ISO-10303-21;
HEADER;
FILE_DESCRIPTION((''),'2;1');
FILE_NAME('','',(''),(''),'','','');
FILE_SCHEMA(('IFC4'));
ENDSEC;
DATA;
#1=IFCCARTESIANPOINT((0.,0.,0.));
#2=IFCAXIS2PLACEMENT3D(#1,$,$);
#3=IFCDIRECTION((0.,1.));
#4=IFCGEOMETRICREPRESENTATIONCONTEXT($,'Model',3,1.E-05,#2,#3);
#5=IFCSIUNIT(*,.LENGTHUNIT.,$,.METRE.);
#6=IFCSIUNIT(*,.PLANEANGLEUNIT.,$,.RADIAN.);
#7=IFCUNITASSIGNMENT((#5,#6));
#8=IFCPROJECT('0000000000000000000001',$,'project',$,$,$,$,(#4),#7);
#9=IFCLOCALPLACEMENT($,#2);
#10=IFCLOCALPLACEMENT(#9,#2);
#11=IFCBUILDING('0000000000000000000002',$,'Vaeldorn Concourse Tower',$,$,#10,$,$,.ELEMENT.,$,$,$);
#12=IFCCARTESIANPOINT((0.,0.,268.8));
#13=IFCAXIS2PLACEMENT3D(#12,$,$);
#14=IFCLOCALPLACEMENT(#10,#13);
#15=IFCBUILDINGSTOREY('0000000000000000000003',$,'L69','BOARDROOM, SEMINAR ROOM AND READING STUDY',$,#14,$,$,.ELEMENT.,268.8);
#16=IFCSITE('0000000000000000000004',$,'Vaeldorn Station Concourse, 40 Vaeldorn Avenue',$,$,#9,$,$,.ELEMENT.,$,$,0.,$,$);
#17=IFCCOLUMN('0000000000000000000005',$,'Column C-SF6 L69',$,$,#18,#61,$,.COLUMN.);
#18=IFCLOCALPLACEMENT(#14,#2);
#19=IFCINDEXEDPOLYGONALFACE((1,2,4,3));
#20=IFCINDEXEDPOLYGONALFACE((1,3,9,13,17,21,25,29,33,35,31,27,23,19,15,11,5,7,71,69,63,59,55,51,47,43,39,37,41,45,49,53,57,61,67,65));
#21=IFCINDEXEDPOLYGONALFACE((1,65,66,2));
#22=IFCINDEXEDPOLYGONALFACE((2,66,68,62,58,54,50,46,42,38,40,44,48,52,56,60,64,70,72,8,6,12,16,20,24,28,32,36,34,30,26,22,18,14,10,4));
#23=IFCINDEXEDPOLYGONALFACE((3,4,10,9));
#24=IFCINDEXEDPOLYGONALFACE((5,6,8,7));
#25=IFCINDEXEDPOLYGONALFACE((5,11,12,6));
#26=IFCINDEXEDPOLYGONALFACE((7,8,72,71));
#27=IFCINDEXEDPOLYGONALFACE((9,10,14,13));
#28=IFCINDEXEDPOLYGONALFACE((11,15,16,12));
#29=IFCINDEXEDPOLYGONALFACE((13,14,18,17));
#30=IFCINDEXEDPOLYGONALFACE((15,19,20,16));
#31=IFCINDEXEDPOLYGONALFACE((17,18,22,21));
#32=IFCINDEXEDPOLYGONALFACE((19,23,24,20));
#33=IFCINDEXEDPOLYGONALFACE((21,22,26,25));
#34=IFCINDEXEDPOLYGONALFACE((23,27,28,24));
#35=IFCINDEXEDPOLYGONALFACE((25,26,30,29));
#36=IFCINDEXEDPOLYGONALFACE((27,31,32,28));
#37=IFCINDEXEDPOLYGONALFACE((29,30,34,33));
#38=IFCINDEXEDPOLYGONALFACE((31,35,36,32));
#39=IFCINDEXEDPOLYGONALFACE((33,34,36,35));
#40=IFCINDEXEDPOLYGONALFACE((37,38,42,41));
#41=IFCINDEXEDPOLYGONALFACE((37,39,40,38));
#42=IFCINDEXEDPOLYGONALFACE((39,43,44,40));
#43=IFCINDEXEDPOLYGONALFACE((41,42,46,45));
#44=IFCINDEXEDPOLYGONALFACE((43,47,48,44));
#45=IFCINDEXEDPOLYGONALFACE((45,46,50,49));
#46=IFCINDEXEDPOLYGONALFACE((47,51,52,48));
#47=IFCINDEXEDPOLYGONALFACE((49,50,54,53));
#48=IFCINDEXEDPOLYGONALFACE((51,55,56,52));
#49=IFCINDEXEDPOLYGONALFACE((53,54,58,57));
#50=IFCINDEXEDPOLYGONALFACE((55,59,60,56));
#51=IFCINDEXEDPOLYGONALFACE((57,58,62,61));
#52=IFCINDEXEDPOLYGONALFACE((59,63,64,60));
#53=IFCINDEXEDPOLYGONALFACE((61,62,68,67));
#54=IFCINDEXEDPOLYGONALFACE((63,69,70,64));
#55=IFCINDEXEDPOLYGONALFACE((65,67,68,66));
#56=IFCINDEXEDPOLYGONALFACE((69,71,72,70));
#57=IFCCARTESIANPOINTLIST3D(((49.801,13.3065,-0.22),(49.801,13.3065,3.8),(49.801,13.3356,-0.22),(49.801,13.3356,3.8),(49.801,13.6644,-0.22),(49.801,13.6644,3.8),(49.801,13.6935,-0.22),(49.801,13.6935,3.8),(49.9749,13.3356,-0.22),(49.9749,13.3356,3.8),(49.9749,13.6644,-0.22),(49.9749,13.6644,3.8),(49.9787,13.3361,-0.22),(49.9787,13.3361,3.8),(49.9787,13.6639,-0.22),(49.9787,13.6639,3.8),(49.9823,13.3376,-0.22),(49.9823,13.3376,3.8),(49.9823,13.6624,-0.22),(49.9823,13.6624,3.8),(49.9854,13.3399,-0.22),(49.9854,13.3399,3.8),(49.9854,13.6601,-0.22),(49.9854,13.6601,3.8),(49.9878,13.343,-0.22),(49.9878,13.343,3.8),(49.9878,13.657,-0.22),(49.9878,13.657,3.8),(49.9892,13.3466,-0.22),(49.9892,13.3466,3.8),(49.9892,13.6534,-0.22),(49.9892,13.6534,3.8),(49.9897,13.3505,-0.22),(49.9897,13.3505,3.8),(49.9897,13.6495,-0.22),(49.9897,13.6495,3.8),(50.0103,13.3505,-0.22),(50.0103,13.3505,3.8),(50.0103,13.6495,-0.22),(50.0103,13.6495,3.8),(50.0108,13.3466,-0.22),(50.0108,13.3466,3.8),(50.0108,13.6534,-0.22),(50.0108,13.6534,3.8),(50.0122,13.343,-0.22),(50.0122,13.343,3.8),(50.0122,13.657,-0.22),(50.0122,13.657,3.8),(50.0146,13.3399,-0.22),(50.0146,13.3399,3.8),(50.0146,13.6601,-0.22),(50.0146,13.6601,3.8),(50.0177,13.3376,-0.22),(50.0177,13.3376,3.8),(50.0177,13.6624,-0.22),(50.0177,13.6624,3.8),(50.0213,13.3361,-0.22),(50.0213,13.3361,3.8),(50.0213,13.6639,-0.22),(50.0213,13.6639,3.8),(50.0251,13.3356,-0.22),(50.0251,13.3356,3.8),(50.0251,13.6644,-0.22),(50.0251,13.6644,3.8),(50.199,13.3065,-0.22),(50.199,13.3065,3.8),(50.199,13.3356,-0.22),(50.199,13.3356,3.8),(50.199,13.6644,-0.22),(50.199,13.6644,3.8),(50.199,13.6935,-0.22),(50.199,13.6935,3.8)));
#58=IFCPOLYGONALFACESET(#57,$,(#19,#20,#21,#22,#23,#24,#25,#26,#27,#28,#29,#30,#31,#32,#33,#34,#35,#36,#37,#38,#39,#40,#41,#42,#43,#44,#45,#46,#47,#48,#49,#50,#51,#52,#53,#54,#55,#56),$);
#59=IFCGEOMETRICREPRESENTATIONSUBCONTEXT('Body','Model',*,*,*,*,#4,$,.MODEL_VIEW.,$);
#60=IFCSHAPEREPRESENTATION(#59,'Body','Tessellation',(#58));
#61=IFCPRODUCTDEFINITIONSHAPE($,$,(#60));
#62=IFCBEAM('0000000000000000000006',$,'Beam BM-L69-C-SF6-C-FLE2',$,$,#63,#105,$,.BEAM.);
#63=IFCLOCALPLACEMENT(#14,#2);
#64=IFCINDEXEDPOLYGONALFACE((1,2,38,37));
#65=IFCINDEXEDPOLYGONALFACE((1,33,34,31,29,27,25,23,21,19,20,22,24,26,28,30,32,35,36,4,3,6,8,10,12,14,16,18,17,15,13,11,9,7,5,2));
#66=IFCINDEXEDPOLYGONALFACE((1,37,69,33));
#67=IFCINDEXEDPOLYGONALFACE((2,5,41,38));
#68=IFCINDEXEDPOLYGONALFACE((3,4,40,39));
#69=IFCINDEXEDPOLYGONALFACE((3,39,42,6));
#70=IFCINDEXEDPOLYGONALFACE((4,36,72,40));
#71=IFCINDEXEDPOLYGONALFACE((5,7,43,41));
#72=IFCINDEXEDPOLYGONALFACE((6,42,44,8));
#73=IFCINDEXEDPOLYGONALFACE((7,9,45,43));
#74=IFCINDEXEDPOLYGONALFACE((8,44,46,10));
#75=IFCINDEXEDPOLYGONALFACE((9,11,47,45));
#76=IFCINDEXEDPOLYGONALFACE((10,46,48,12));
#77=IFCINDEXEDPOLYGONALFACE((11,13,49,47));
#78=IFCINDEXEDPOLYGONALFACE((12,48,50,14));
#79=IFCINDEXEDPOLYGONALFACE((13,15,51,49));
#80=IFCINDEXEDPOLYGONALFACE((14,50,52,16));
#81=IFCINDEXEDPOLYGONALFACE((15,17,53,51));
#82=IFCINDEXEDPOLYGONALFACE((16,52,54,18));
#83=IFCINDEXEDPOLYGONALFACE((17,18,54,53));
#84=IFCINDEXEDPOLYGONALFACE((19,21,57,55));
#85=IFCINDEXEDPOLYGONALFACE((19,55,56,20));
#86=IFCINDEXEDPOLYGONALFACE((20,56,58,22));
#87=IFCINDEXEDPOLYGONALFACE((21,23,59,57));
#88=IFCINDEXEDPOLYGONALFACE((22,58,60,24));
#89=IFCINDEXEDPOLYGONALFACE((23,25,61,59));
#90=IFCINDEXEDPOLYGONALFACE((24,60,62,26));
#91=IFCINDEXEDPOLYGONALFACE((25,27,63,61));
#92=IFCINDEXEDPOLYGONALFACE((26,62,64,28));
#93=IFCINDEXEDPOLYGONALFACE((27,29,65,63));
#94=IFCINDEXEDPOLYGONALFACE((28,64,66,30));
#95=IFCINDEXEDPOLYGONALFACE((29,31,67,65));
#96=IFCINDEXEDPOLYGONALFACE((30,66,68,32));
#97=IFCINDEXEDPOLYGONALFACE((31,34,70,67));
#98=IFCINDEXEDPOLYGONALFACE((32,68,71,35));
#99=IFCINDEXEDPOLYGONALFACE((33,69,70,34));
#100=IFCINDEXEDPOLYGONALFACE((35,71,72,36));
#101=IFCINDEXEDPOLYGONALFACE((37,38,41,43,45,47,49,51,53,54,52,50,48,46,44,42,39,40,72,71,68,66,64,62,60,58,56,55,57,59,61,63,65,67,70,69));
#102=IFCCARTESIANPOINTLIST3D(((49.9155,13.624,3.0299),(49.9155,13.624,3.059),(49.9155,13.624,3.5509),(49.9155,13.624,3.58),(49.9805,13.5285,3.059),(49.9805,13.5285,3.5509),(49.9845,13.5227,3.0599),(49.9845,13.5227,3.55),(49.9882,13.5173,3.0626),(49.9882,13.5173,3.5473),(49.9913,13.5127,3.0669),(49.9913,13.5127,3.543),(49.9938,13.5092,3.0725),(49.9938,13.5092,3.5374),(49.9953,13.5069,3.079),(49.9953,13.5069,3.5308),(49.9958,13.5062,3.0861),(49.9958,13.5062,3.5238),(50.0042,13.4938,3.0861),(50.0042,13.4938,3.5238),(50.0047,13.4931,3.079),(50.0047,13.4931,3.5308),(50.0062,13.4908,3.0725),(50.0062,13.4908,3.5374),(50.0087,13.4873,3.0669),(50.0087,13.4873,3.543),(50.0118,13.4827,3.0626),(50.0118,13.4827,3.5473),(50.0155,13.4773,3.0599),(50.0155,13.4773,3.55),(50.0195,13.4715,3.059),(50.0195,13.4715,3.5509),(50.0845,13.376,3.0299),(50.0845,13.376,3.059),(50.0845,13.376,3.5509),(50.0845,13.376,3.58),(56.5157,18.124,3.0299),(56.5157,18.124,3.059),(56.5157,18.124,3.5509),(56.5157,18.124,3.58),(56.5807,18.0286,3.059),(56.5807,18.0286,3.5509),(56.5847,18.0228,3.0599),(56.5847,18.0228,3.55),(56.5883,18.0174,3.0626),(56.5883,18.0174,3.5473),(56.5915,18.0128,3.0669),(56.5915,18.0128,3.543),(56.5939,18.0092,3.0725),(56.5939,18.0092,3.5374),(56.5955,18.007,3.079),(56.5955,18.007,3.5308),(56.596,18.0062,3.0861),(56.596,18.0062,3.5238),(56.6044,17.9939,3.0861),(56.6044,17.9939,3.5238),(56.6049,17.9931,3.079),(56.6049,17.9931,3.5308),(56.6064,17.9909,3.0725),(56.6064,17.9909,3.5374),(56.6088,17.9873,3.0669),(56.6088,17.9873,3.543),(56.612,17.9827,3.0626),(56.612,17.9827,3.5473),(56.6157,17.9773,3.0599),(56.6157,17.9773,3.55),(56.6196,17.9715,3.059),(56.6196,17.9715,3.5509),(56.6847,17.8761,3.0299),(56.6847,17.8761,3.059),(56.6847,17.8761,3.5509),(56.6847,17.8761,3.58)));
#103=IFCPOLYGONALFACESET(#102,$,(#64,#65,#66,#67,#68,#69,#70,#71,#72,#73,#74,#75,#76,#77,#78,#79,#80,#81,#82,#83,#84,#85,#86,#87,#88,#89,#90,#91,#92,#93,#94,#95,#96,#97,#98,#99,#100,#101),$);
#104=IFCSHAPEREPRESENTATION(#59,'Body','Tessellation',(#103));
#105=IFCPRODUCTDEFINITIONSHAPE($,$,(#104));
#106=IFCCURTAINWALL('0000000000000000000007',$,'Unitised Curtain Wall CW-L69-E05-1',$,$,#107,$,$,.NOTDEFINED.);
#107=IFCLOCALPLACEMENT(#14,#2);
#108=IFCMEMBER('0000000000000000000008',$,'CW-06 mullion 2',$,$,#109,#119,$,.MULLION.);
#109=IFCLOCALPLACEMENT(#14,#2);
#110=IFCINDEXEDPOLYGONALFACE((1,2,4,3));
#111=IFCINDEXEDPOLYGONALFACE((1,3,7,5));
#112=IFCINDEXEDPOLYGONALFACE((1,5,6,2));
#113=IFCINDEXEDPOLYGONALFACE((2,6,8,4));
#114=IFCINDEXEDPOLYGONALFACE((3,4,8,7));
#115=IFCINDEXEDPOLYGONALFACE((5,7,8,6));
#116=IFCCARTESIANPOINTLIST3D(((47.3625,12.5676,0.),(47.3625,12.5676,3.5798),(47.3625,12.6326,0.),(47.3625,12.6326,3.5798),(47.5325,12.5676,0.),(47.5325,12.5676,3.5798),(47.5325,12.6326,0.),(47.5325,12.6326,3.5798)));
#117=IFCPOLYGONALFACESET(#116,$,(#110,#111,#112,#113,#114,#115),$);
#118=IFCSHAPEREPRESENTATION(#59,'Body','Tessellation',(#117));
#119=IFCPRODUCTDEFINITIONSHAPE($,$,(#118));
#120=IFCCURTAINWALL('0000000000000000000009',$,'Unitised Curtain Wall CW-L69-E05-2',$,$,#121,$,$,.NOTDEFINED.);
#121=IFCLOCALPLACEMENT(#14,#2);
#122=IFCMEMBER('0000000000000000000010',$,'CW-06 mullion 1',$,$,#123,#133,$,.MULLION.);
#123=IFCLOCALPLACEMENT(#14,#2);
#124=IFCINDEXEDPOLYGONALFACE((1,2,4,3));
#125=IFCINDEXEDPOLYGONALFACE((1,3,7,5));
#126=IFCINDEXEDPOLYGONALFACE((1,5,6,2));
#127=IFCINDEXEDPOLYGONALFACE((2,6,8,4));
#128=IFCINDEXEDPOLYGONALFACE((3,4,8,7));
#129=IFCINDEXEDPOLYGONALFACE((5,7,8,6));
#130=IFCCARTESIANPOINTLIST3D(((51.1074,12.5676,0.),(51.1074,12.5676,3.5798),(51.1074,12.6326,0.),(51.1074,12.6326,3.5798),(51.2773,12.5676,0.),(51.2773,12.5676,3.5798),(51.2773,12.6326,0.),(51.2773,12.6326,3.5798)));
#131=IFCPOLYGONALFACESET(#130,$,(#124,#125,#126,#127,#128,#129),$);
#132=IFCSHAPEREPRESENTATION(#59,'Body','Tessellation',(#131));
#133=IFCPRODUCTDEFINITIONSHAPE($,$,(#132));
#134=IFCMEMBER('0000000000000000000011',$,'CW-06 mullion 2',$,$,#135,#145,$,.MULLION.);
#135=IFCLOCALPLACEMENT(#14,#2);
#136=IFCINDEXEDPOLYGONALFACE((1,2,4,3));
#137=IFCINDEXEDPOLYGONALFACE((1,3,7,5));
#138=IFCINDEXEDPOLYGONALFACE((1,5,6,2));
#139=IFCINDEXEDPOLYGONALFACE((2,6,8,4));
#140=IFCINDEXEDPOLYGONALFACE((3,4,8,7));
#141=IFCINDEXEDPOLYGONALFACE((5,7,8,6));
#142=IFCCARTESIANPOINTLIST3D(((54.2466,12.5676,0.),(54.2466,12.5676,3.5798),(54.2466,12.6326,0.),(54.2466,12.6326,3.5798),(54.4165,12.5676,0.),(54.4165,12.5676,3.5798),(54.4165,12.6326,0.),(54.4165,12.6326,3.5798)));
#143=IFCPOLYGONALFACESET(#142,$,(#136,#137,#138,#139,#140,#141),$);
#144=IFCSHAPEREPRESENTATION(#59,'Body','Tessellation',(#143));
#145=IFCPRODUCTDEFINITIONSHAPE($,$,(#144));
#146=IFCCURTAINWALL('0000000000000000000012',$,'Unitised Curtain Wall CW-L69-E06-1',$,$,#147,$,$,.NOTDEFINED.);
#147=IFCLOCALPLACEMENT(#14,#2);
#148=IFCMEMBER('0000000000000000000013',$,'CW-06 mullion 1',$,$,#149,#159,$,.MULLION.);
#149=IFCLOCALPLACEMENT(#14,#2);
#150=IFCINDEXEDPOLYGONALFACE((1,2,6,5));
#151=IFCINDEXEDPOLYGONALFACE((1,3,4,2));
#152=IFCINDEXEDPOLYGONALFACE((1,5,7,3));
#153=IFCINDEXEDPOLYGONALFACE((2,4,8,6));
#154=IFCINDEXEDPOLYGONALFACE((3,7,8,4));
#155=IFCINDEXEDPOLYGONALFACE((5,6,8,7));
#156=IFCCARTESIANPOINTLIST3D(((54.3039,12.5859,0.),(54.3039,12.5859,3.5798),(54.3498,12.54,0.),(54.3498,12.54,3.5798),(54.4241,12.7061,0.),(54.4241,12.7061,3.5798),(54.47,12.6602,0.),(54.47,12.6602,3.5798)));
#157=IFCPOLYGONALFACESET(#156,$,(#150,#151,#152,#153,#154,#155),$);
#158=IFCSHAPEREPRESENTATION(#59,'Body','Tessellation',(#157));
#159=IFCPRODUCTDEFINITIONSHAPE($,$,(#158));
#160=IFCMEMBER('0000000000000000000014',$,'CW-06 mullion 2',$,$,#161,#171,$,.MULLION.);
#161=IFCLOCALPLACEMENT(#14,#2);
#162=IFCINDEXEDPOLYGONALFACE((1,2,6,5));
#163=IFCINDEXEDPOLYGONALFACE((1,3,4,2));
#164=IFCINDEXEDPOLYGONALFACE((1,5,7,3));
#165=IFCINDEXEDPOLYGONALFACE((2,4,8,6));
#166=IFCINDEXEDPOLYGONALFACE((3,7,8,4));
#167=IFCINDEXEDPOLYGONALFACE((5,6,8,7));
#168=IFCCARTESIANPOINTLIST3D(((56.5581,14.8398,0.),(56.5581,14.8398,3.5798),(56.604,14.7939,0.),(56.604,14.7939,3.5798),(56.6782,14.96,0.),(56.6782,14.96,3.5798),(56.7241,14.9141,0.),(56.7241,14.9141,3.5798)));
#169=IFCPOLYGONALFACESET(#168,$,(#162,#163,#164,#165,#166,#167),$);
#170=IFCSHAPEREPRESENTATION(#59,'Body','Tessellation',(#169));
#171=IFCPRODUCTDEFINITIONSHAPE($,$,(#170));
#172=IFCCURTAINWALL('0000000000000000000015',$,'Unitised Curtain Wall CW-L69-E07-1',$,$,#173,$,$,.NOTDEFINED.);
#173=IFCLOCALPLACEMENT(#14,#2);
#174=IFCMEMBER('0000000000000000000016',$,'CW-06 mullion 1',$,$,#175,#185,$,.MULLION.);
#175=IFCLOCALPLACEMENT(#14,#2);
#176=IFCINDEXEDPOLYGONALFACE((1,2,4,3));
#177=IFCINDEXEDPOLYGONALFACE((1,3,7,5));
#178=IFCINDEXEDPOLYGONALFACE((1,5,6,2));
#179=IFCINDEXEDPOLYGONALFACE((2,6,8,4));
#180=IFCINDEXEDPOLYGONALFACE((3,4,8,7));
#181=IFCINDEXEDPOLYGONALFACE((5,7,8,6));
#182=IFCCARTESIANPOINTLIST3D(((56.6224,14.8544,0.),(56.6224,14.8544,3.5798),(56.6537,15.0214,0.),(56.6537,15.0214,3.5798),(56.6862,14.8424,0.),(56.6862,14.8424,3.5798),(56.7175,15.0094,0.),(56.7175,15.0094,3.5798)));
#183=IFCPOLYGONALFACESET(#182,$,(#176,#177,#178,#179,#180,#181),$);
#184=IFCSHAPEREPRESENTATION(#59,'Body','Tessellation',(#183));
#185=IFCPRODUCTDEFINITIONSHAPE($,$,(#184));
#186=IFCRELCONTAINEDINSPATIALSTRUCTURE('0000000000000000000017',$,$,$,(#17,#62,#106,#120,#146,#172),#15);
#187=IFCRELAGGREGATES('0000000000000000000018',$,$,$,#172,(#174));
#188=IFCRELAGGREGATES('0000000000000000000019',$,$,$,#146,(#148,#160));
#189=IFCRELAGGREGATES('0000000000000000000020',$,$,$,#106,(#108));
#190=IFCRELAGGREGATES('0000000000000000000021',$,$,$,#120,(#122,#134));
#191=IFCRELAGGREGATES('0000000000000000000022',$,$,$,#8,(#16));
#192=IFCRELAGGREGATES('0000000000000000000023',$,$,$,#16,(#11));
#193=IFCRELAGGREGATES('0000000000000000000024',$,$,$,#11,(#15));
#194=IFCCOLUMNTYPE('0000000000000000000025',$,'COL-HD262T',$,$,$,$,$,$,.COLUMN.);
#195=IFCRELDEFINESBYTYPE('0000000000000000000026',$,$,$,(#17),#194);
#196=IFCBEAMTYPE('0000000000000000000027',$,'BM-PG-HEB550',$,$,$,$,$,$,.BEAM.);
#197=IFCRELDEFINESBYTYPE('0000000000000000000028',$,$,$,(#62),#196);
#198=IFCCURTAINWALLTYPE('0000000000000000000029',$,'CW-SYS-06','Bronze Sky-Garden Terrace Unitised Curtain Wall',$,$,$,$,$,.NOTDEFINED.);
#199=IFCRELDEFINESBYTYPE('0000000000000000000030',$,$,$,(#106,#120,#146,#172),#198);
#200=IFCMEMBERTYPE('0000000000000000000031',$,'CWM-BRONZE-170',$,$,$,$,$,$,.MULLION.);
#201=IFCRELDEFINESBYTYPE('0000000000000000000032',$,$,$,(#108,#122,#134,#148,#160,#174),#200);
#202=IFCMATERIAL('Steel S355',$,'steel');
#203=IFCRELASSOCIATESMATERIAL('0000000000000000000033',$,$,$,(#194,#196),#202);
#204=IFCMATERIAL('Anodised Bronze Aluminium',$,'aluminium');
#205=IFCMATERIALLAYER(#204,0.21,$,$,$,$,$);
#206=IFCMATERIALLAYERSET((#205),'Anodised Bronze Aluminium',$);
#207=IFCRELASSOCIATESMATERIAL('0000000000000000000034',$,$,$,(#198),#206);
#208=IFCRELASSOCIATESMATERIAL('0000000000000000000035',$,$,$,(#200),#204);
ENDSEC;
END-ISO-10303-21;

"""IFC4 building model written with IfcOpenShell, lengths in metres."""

from ifc_helpers import new_model, si_unit, direction, frame, origin, origin_2d, place, context, subcontext, project, spatial, rectangle, i_section, extrude, source, transform, mapped, material, layer, layer_set, material_profile, profile_set, type_object, element, aggregate, save


model = new_model("IFC4")

# Units and contexts
model_context = context("Model", 3, precision=1e-05, world=origin(), true_north=direction((0.0, 1.0)))
body_context = subcontext(model_context, "Body", "Model", "MODEL_VIEW")
ifc_project = project(units=[si_unit("LENGTHUNIT", "METRE"), si_unit("PLANEANGLEUNIT", "RADIAN")], contexts=[model_context])

# Site, building, storey
site_placement = place(None, origin())
site = spatial("IfcSite", under=ifc_project, at=site_placement, Name="Vaeldorn Station Concourse, 40 Vaeldorn Avenue", CompositionType="ELEMENT", RefElevation=0.0)
building_placement = place(site_placement, origin())
building = spatial("IfcBuilding", under=site, at=building_placement, Name="Vaeldorn Concourse Tower", CompositionType="ELEMENT")
storey_placement = place(building_placement, frame((0.0, 0.0, 268.8)))
storey = spatial("IfcBuildingStorey", under=building, at=storey_placement, Name="L69", Description="BOARDROOM, SEMINAR ROOM AND READING STUDY", CompositionType="ELEMENT", Elevation=268.8)

# Column
ifc_material_1 = material(Name="Steel S355", Category="steel")
ifc_material_profile_1 = material_profile(ifc_material_1, i_section(OverallWidth=0.3979, OverallDepth=0.387, WebThickness=0.0205, FlangeThickness=0.0291, FilletRadius=0.0149, at=origin_2d()), Name="HD 400x262")
ifc_profile_set_1 = profile_set([ifc_material_profile_1], Name="Steel S355")
column_type = type_object("IfcColumnType", Name="COL-HD262T", PredefinedType="COLUMN", material=ifc_profile_set_1)
shared_shape_1 = source(origin(), body_context, "Body", "SweptSolid", [
    extrude(i_section(OverallWidth=0.3979, OverallDepth=0.387, WebThickness=0.0205, FlangeThickness=0.0291, FilletRadius=0.0149, at=origin_2d()), origin(), (0.0, 0.0, 1.0), 4.02),
])
column_placement = place(storey_placement, frame((50.0, 13.5, -0.22), z_axis=(0.0, 0.0, 1.0), x_axis=(1.0, 0.0, 0.0)))
element("IfcColumn", 1, at=column_placement, inside=storey, type_object=column_type, Name="Column C-SF6 L69", PredefinedType="COLUMN", context=body_context, shape_type="MappedRepresentation", body=[
    mapped(shared_shape_1, transform((0.0, 0.0, 0.0), scale=1.0)),
])

# Beam
ifc_material_profile_2 = material_profile(ifc_material_1, i_section(OverallWidth=0.3, OverallDepth=0.55, WebThickness=0.0149, FlangeThickness=0.0291, FilletRadius=0.0271, at=origin_2d()), Name="HEB 550")
ifc_profile_set_2 = profile_set([ifc_material_profile_2], Name="Steel S355")
beam_type = type_object("IfcBeamType", Name="BM-PG-HEB550", PredefinedType="BEAM", material=ifc_profile_set_2)
shared_shape_2 = source(origin(), body_context, "Body", "SweptSolid", [
    extrude(i_section(OverallWidth=0.3, OverallDepth=0.55, WebThickness=0.0149, FlangeThickness=0.0291, FilletRadius=0.0271, at=origin_2d()), origin(), (0.0, 0.0, 1.0), 7.9883),
])
beam_placement = place(storey_placement, frame((50.0, 13.5, 3.3049), z_axis=(0.826231, 0.563331, 0.0), x_axis=(-0.563331, 0.826231, 0.0)))
element("IfcBeam", 2, at=beam_placement, inside=storey, type_object=beam_type, Name="Beam BM-L69-C-SF6-C-FLE2", PredefinedType="BEAM", context=body_context, shape_type="MappedRepresentation", body=[
    mapped(shared_shape_2, transform((0.0, 0.0, 0.0), scale=1.0)),
])

# Curtain wall, member
ifc_material_2 = material(Name="Anodised Bronze Aluminium", Category="aluminium")
ifc_layer_1 = layer(ifc_material_2, 0.21)
ifc_layer_set_1 = layer_set([ifc_layer_1], Name="Anodised Bronze Aluminium")
curtain_wall_type = type_object("IfcCurtainWallType", Name="CW-SYS-06", Description="Bronze Sky-Garden Terrace Unitised Curtain Wall", PredefinedType="NOTDEFINED", material=ifc_layer_set_1)
curtain_wall_1_placement = place(storey_placement, origin())
curtain_wall_1 = element("IfcCurtainWall", 3, at=curtain_wall_1_placement, inside=storey, type_object=curtain_wall_type, Name="Unitised Curtain Wall CW-L69-E05-1", PredefinedType="NOTDEFINED")
ifc_material_profile_3 = material_profile(ifc_material_2, rectangle(XDim=0.0649, YDim=0.1699, at=origin_2d()), Name="CWM 65x170")
ifc_profile_set_3 = profile_set([ifc_material_profile_3], Name="Anodised Bronze Aluminium")
member_type_1 = type_object("IfcMemberType", Name="CWM-BRONZE-170", PredefinedType="MULLION", material=ifc_profile_set_3)
shared_shape_3 = source(origin(), body_context, "Body", "SweptSolid", [
    extrude(rectangle(XDim=0.0649, YDim=0.1699, at=origin_2d()), origin(), (0.0, 0.0, 1.0), 3.5798),
])
member_1_placement = place(storey_placement, frame((47.4475, 12.6001, 0.0), z_axis=(0.0, 0.0, 1.0), x_axis=(0.0, 1.0, 0.0)))
member_1 = element("IfcMember", 4, at=member_1_placement, type_object=member_type_1, Name="CW-06 mullion 2", PredefinedType="MULLION", context=body_context, shape_type="MappedRepresentation", body=[
    mapped(shared_shape_3, transform((0.0, 0.0, 0.0), scale=1.0)),
])

# Curtain walls, members
curtain_wall_2_placement = place(storey_placement, origin())
curtain_wall_2 = element("IfcCurtainWall", 5, at=curtain_wall_2_placement, inside=storey, type_object=curtain_wall_type, Name="Unitised Curtain Wall CW-L69-E05-2", PredefinedType="NOTDEFINED")
member_2_placement = place(storey_placement, frame((51.1924, 12.6001, 0.0), z_axis=(0.0, 0.0, 1.0), x_axis=(0.0, 1.0, 0.0)))
member_2 = element("IfcMember", 6, at=member_2_placement, type_object=member_type_1, Name="CW-06 mullion 1", PredefinedType="MULLION", context=body_context, shape_type="MappedRepresentation", body=[
    mapped(shared_shape_3, transform((0.0, 0.0, 0.0), scale=1.0)),
])
member_3_placement = place(storey_placement, frame((54.3315, 12.6001, 0.0), z_axis=(0.0, 0.0, 1.0), x_axis=(0.0, 1.0, 0.0)))
member_3 = element("IfcMember", 7, at=member_3_placement, type_object=member_type_1, Name="CW-06 mullion 2", PredefinedType="MULLION", context=body_context, shape_type="MappedRepresentation", body=[
    mapped(shared_shape_3, transform((0.0, 0.0, 0.0), scale=1.0)),
])
curtain_wall_3_placement = place(storey_placement, origin())
curtain_wall_3 = element("IfcCurtainWall", 8, at=curtain_wall_3_placement, inside=storey, type_object=curtain_wall_type, Name="Unitised Curtain Wall CW-L69-E06-1", PredefinedType="NOTDEFINED")
member_4_placement = place(storey_placement, frame((54.387, 12.623, 0.0), z_axis=(0.0, 0.0, 1.0), x_axis=(-0.707107, 0.707107, 0.0)))
member_4 = element("IfcMember", 9, at=member_4_placement, type_object=member_type_1, Name="CW-06 mullion 1", PredefinedType="MULLION", context=body_context, shape_type="MappedRepresentation", body=[
    mapped(shared_shape_3, transform((0.0, 0.0, 0.0), scale=1.0)),
])
member_5_placement = place(storey_placement, frame((56.6411, 14.877, 0.0), z_axis=(0.0, 0.0, 1.0), x_axis=(-0.707107, 0.707107, 0.0)))
member_5 = element("IfcMember", 10, at=member_5_placement, type_object=member_type_1, Name="CW-06 mullion 2", PredefinedType="MULLION", context=body_context, shape_type="MappedRepresentation", body=[
    mapped(shared_shape_3, transform((0.0, 0.0, 0.0), scale=1.0)),
])

# Curtain wall, member
curtain_wall_4_placement = place(storey_placement, origin())
curtain_wall_4 = element("IfcCurtainWall", 11, at=curtain_wall_4_placement, inside=storey, type_object=curtain_wall_type, Name="Unitised Curtain Wall CW-L69-E07-1", PredefinedType="NOTDEFINED")
member_6_placement = place(storey_placement, frame((56.6699, 14.9319, 0.0), z_axis=(0.0, 0.0, 1.0), x_axis=(-0.98288, 0.184247, 0.0)))
member_6 = element("IfcMember", 12, at=member_6_placement, type_object=member_type_1, Name="CW-06 mullion 1", PredefinedType="MULLION", context=body_context, shape_type="MappedRepresentation", body=[
    mapped(shared_shape_3, transform((0.0, 0.0, 0.0), scale=1.0)),
])

aggregate(curtain_wall_4, [member_6])

aggregate(curtain_wall_3, [member_4, member_5])
aggregate(curtain_wall_1, [member_1])
aggregate(curtain_wall_2, [member_2, member_3])

save(model, "model.ifc")
